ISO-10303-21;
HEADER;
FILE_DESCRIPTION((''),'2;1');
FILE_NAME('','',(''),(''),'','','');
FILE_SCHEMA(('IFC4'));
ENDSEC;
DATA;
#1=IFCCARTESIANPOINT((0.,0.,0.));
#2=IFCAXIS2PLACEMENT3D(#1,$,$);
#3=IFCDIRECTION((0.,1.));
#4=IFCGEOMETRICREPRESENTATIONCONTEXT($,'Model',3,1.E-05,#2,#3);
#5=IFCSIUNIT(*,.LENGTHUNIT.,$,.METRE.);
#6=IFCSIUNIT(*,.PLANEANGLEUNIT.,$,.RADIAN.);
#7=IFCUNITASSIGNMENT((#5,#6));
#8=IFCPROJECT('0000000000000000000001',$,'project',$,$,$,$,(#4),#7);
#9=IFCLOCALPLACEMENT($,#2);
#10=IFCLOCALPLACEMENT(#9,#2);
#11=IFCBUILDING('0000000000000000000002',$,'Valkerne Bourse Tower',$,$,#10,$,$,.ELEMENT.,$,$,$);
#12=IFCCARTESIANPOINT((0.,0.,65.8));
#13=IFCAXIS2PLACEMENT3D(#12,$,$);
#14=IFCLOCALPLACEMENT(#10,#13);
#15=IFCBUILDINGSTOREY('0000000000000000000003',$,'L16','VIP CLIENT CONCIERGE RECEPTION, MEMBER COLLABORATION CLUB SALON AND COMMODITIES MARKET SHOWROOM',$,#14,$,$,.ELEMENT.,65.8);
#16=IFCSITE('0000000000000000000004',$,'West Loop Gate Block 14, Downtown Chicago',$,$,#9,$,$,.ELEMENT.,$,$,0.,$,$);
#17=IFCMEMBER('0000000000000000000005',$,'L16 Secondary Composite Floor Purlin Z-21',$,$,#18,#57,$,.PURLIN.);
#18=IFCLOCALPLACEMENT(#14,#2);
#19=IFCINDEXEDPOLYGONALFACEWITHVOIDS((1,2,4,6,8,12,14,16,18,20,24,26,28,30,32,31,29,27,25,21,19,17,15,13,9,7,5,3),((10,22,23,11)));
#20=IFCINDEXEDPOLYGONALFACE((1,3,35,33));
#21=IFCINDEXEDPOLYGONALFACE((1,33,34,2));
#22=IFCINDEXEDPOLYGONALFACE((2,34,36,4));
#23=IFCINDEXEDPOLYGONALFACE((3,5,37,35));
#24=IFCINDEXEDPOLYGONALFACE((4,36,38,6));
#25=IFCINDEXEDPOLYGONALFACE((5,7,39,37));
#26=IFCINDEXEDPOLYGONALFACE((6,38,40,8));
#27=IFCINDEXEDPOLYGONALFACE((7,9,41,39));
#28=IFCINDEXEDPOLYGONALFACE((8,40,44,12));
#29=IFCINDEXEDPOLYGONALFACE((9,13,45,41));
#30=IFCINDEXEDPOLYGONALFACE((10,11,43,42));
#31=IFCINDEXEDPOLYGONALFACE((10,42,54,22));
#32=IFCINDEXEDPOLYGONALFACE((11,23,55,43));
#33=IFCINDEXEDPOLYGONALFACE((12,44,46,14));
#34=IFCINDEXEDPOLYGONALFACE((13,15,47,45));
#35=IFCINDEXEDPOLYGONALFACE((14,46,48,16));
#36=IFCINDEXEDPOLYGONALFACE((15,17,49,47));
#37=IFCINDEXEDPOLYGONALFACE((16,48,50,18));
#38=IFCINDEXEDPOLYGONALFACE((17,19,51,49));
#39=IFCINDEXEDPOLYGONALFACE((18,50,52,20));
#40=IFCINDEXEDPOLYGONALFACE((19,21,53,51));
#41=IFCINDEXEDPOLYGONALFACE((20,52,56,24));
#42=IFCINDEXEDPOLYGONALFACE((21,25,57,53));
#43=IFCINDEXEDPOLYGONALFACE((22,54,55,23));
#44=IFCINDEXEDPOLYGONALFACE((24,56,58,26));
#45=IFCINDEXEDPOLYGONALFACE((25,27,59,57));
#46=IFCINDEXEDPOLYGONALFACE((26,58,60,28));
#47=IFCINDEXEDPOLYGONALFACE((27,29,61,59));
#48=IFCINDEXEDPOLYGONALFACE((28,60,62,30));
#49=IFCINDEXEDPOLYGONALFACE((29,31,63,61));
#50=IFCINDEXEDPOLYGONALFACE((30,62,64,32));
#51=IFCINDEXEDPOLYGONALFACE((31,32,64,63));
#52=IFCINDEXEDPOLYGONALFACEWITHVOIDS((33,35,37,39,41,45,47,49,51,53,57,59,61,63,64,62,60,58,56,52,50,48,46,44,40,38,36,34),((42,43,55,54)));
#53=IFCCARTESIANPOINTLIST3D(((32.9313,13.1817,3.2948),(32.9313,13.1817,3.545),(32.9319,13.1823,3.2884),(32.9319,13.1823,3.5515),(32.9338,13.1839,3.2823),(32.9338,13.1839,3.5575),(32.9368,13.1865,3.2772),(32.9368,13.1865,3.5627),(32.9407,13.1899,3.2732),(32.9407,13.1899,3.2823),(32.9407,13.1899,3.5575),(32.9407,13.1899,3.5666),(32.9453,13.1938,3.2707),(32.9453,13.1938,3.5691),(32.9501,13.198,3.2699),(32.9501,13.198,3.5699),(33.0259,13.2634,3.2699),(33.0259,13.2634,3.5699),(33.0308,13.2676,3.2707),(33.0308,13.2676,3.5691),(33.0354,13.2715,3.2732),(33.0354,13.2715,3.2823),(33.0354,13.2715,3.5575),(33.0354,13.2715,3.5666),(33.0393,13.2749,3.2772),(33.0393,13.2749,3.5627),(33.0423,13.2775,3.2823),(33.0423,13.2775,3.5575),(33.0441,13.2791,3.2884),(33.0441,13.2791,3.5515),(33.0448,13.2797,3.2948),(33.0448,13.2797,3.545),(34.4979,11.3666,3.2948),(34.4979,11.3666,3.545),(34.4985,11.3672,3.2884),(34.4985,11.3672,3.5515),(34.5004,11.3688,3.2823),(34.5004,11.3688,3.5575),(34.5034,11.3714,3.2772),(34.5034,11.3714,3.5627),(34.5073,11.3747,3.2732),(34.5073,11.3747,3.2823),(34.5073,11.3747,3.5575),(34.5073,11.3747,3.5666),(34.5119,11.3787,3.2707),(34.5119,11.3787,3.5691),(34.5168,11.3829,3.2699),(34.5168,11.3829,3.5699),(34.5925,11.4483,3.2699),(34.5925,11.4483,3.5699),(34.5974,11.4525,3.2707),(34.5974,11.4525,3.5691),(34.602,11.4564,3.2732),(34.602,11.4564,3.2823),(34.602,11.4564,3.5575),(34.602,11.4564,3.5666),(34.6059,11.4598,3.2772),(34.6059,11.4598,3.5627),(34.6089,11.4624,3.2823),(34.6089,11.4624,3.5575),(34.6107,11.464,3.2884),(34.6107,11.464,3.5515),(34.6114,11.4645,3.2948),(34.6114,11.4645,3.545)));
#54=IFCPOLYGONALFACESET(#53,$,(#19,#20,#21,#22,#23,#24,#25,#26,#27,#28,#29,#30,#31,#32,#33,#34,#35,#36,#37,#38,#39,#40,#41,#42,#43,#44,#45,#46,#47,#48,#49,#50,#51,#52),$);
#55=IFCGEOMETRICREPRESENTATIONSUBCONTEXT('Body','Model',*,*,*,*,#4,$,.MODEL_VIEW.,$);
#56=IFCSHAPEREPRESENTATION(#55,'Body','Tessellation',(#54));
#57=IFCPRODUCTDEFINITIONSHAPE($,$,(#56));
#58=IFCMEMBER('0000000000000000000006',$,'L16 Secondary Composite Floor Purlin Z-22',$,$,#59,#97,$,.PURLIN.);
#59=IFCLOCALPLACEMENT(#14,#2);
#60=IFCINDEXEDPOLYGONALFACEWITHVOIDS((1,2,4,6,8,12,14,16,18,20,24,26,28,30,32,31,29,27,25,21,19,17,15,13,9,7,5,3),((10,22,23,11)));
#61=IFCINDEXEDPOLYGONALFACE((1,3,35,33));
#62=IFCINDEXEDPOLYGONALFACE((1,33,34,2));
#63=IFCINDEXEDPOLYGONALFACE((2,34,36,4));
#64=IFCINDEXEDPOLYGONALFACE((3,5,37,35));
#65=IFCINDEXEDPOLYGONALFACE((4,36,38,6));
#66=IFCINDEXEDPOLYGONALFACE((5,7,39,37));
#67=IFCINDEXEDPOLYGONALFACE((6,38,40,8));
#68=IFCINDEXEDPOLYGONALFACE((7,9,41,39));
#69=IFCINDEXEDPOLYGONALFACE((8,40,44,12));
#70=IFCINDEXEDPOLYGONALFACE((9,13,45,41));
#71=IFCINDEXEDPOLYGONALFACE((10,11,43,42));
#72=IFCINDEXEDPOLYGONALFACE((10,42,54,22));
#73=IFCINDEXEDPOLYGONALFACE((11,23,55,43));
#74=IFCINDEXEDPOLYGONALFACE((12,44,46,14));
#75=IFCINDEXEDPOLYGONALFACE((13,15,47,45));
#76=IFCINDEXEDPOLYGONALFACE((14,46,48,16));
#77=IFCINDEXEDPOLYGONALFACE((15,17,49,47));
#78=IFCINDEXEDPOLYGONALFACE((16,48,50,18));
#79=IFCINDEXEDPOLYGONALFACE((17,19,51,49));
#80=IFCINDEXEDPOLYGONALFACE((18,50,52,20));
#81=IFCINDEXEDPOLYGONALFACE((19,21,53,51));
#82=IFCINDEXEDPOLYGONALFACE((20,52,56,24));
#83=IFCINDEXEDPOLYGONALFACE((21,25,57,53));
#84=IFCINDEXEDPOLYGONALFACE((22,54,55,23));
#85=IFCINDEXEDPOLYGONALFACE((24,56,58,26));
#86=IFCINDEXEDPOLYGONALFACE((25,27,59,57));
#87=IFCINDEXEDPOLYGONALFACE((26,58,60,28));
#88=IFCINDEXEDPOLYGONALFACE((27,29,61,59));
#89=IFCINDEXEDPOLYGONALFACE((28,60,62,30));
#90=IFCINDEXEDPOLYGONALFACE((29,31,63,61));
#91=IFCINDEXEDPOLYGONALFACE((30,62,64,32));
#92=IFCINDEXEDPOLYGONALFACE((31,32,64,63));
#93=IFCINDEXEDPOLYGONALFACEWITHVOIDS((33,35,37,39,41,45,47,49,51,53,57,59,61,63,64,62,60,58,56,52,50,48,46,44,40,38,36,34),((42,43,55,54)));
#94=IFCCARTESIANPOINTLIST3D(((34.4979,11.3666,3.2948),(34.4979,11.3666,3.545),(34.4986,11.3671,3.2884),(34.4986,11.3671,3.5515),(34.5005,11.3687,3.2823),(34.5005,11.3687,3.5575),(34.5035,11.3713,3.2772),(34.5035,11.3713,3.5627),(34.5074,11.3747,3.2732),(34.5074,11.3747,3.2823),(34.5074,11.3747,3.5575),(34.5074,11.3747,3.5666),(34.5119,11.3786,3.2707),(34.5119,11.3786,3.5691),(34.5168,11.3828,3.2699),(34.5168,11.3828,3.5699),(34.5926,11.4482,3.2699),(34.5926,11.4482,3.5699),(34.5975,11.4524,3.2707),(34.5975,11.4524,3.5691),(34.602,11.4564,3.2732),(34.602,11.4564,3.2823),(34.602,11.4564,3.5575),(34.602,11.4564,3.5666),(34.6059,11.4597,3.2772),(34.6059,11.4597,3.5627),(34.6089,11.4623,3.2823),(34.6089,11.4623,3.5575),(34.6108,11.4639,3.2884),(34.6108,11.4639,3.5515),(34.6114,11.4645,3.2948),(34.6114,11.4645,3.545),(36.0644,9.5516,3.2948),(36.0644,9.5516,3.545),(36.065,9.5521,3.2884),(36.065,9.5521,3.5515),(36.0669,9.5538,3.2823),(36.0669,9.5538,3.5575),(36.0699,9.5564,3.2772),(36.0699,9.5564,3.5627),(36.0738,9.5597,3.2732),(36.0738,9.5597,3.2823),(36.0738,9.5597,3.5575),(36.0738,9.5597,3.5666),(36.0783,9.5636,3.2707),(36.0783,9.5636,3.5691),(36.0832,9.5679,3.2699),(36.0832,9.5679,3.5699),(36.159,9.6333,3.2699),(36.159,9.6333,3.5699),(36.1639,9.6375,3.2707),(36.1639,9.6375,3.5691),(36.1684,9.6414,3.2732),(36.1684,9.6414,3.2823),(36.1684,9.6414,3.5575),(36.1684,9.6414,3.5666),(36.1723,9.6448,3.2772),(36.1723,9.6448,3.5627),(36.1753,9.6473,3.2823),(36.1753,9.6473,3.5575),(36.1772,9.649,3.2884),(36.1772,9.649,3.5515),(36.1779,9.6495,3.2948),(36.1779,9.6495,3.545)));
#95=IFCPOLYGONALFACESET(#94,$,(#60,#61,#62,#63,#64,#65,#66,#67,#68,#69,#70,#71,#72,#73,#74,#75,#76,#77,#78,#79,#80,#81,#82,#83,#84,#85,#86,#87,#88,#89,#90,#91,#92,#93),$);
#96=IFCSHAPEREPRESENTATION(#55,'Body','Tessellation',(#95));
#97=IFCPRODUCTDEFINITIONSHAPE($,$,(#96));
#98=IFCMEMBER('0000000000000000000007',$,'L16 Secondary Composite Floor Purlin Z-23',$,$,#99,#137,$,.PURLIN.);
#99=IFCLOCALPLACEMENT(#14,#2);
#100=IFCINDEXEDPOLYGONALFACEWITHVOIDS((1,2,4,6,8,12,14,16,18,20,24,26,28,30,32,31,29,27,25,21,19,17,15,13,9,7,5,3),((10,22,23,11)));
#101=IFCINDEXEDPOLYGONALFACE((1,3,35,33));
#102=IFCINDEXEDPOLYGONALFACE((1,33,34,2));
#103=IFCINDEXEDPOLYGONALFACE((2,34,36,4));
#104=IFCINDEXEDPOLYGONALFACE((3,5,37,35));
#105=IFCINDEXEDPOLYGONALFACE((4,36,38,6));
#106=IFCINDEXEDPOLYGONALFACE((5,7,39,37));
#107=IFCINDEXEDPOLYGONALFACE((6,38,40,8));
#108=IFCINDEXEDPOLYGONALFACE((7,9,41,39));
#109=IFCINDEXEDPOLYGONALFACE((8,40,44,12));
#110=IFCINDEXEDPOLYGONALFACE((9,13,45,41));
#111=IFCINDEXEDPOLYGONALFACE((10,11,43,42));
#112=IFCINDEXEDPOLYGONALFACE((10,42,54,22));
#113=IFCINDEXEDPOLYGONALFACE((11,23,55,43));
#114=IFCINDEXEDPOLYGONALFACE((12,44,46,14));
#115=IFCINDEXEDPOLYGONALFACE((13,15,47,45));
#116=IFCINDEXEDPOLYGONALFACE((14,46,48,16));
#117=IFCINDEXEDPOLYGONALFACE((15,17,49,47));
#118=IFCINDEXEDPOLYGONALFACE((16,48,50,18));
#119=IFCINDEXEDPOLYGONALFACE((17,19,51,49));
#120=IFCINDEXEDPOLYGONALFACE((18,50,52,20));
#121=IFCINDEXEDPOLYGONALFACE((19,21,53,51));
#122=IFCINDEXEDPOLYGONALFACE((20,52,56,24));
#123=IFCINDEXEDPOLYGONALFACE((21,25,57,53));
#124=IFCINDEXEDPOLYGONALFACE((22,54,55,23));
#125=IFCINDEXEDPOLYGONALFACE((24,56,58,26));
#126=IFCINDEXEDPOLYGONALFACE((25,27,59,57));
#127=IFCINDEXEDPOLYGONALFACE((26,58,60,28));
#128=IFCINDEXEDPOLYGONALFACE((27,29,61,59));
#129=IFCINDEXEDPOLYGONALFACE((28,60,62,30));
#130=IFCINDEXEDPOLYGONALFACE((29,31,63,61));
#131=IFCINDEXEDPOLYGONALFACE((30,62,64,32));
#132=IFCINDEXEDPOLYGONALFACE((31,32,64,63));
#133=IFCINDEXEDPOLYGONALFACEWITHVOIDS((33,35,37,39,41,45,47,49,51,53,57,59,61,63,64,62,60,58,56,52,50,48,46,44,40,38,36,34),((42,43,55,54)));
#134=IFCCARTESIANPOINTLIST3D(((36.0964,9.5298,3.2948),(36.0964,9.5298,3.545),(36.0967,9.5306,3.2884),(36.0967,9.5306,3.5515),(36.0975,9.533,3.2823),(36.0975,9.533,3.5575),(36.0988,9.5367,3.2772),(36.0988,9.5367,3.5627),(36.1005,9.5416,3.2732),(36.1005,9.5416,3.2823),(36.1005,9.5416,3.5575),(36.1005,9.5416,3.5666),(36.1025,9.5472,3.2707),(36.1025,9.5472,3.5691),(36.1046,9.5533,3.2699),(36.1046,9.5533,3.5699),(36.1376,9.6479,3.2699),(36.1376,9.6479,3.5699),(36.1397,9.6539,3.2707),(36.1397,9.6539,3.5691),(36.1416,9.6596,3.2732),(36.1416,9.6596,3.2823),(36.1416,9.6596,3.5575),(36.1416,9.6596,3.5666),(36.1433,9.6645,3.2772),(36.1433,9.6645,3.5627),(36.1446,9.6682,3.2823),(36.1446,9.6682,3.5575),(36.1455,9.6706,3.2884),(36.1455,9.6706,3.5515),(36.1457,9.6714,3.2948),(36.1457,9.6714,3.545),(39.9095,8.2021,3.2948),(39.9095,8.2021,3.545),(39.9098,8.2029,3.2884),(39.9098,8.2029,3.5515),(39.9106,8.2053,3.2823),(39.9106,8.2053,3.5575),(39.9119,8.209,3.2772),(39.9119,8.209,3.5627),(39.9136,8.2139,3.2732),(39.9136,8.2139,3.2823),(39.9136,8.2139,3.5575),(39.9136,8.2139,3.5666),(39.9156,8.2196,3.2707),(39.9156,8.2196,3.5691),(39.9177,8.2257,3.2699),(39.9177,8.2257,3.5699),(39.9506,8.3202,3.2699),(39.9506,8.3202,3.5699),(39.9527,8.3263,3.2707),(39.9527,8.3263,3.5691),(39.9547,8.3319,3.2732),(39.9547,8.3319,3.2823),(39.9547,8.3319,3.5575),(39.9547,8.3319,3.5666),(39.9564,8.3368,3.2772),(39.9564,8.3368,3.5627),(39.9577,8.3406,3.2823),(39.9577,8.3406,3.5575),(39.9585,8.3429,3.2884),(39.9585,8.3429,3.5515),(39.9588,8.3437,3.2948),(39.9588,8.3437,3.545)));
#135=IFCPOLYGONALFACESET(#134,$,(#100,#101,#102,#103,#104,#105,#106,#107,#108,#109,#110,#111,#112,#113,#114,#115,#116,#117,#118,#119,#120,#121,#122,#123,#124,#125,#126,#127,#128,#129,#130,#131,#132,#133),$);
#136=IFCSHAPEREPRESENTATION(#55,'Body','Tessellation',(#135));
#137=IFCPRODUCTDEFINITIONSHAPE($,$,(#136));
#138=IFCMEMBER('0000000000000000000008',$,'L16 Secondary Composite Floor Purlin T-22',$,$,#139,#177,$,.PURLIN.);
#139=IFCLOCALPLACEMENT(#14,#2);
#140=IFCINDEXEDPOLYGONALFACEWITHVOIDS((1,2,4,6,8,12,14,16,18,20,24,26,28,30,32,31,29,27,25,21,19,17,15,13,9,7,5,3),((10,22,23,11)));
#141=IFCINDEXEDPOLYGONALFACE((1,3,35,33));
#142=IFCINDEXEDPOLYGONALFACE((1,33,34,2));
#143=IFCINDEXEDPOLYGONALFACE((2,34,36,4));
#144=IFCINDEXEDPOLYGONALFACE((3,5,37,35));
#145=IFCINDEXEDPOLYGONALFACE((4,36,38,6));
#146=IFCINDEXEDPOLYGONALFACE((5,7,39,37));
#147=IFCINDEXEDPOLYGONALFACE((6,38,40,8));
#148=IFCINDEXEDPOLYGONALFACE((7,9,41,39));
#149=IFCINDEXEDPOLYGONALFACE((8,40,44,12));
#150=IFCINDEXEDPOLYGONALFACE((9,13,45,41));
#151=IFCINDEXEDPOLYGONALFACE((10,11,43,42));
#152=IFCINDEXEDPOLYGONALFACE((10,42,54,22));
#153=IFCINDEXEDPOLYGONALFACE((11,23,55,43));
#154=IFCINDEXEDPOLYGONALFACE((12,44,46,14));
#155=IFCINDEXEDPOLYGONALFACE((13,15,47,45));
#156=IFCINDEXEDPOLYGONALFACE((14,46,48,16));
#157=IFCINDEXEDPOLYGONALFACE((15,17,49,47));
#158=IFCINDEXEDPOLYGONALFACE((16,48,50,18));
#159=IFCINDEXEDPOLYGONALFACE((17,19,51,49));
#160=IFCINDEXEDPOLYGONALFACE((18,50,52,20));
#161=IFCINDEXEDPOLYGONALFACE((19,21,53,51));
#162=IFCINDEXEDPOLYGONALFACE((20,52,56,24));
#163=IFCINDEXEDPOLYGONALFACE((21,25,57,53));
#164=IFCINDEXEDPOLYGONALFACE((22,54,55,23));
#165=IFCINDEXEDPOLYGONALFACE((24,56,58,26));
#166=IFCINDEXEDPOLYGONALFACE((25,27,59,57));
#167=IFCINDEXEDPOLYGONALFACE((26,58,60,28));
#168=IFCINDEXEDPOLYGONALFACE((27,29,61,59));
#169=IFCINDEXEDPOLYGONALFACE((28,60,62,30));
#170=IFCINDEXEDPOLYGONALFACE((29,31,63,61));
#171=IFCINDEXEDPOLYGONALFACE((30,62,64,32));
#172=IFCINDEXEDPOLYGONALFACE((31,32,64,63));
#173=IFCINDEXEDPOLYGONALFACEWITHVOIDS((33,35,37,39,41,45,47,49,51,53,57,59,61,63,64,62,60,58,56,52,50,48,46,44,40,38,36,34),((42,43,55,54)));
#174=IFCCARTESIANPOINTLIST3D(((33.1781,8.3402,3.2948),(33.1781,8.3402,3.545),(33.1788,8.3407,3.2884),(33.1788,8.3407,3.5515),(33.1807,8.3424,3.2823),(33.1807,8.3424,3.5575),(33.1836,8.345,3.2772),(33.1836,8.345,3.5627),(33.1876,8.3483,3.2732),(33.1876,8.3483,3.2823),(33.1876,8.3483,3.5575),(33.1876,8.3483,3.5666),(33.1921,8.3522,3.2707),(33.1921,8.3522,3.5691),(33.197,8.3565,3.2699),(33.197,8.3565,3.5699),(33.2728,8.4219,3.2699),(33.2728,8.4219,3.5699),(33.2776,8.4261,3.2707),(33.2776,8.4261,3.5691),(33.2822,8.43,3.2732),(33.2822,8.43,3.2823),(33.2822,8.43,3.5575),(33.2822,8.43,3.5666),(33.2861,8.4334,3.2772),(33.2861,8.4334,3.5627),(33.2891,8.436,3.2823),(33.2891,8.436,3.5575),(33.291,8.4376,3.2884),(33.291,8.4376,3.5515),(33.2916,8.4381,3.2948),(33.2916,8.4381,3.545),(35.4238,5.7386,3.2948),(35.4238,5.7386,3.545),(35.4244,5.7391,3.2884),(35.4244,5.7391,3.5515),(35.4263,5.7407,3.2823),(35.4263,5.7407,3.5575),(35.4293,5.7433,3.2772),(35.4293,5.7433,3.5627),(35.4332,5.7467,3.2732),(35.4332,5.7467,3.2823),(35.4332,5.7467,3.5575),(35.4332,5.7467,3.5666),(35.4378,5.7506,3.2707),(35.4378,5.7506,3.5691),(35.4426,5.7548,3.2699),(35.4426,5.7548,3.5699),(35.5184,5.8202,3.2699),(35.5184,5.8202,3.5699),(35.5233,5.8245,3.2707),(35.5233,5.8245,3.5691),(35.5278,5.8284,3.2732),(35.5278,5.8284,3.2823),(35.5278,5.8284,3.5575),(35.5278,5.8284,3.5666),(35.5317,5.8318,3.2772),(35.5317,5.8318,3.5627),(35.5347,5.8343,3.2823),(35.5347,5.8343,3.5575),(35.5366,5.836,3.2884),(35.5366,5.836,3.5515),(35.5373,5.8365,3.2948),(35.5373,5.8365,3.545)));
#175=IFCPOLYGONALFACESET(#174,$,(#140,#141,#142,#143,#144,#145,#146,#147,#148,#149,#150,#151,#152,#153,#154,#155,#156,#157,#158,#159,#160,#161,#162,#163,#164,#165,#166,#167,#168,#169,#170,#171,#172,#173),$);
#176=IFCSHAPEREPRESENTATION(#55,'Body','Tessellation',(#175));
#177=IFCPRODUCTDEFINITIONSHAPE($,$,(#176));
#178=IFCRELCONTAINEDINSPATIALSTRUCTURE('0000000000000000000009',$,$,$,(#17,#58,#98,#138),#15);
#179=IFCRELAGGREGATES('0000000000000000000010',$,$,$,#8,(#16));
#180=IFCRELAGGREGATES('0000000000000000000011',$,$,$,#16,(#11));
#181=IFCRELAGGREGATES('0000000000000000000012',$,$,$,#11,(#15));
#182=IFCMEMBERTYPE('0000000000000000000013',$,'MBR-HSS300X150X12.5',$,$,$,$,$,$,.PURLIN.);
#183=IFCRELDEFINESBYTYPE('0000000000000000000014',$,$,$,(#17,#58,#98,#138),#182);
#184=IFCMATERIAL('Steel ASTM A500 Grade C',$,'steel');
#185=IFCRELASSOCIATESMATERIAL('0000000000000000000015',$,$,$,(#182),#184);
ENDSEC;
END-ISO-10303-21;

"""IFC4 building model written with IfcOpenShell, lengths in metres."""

from ifc_helpers import new_model, si_unit, direction, frame, origin, origin_2d, place, context, subcontext, project, spatial, hollow_rectangle, extrude, material, material_profile, profile_set, type_object, element, save


model = new_model("IFC4")

# Units and contexts
model_context = context("Model", 3, precision=1e-05, world=origin(), true_north=direction((0.0, 1.0)))
body_context = subcontext(model_context, "Body", "Model", "MODEL_VIEW")
ifc_project = project(units=[si_unit("LENGTHUNIT", "METRE"), si_unit("PLANEANGLEUNIT", "RADIAN")], contexts=[model_context])

# Site, building, storey
site_placement = place(None, origin())
site = spatial("IfcSite", under=ifc_project, at=site_placement, Name="West Loop Gate Block 14, Downtown Chicago", CompositionType="ELEMENT", RefElevation=0.0)
building_placement = place(site_placement, origin())
building = spatial("IfcBuilding", under=site, at=building_placement, Name="Valkerne Bourse Tower", CompositionType="ELEMENT")
storey_placement = place(building_placement, frame((0.0, 0.0, 65.8)))
storey = spatial("IfcBuildingStorey", under=building, at=storey_placement, Name="L16", Description="VIP CLIENT CONCIERGE RECEPTION, MEMBER COLLABORATION CLUB SALON AND COMMODITIES MARKET SHOWROOM", CompositionType="ELEMENT", Elevation=65.8)

# Members
ifc_material_1 = material(Name="Steel ASTM A500 Grade C", Category="steel")
ifc_material_profile_1 = material_profile(ifc_material_1, hollow_rectangle(XDim=0.1499, YDim=0.3, WallThickness=0.0125, OuterFilletRadius=0.0249, at=origin_2d()), Name="HSS300X150X12.5")
ifc_profile_set_1 = profile_set([ifc_material_profile_1], Name="Steel ASTM A500 Grade C")
member_type_1 = type_object("IfcMemberType", Name="MBR-HSS300X150X12.5", PredefinedType="PURLIN", material=ifc_profile_set_1)
for number, where, z_axis, x_axis, name in (
    (1, (32.988, 13.2307, 3.4199), (0.653379, -0.757031, 0.0), (0.757031, 0.653379, 0.0), "L16 Secondary Composite Floor Purlin Z-21"),
):
    element("IfcMember", number, at=place(storey_placement, frame(where, z_axis=z_axis, x_axis=x_axis)), inside=storey, type_object=member_type_1, Name=name, PredefinedType="PURLIN", context=body_context, shape_type="SweptSolid", body=[
        extrude(hollow_rectangle(XDim=0.1499, YDim=0.3, WallThickness=0.0125, OuterFilletRadius=0.0249, at=origin_2d()), origin(), (0.0, 0.0, 1.0), 2.3977),
    ])
member_1_placement = place(storey_placement, frame((34.5547, 11.4155, 3.4199), z_axis=(0.653371, -0.757038, 0.0), x_axis=(0.757038, 0.653371, 0.0)))
element("IfcMember", 2, at=member_1_placement, inside=storey, type_object=member_type_1, Name="L16 Secondary Composite Floor Purlin Z-22", PredefinedType="PURLIN", context=body_context, shape_type="SweptSolid", body=[
    extrude(hollow_rectangle(XDim=0.1499, YDim=0.3, WallThickness=0.0125, OuterFilletRadius=0.0249, at=origin_2d()), origin(), (0.0, 0.0, 1.0), 2.3975),
])
member_2_placement = place(storey_placement, frame((36.1211, 9.6006, 3.4199), z_axis=(0.944391, -0.328825, 0.0), x_axis=(0.328825, 0.944391, 0.0)))
element("IfcMember", 3, at=member_2_placement, inside=storey, type_object=member_type_1, Name="L16 Secondary Composite Floor Purlin Z-23", PredefinedType="PURLIN", context=body_context, shape_type="SweptSolid", body=[
    extrude(hollow_rectangle(XDim=0.1499, YDim=0.3, WallThickness=0.0125, OuterFilletRadius=0.0249, at=origin_2d()), origin(), (0.0, 0.0, 1.0), 4.0376),
])
member_3_placement = place(storey_placement, frame((33.2349, 8.3892, 3.4199), z_axis=(0.65342, -0.756995, 0.0), x_axis=(0.756995, 0.65342, 0.0)))
element("IfcMember", 4, at=member_3_placement, inside=storey, type_object=member_type_1, Name="L16 Secondary Composite Floor Purlin T-22", PredefinedType="PURLIN", context=body_context, shape_type="SweptSolid", body=[
    extrude(hollow_rectangle(XDim=0.1499, YDim=0.3, WallThickness=0.0125, OuterFilletRadius=0.0249, at=origin_2d()), origin(), (0.0, 0.0, 1.0), 3.4368),
])

save(model, "model.ifc")
